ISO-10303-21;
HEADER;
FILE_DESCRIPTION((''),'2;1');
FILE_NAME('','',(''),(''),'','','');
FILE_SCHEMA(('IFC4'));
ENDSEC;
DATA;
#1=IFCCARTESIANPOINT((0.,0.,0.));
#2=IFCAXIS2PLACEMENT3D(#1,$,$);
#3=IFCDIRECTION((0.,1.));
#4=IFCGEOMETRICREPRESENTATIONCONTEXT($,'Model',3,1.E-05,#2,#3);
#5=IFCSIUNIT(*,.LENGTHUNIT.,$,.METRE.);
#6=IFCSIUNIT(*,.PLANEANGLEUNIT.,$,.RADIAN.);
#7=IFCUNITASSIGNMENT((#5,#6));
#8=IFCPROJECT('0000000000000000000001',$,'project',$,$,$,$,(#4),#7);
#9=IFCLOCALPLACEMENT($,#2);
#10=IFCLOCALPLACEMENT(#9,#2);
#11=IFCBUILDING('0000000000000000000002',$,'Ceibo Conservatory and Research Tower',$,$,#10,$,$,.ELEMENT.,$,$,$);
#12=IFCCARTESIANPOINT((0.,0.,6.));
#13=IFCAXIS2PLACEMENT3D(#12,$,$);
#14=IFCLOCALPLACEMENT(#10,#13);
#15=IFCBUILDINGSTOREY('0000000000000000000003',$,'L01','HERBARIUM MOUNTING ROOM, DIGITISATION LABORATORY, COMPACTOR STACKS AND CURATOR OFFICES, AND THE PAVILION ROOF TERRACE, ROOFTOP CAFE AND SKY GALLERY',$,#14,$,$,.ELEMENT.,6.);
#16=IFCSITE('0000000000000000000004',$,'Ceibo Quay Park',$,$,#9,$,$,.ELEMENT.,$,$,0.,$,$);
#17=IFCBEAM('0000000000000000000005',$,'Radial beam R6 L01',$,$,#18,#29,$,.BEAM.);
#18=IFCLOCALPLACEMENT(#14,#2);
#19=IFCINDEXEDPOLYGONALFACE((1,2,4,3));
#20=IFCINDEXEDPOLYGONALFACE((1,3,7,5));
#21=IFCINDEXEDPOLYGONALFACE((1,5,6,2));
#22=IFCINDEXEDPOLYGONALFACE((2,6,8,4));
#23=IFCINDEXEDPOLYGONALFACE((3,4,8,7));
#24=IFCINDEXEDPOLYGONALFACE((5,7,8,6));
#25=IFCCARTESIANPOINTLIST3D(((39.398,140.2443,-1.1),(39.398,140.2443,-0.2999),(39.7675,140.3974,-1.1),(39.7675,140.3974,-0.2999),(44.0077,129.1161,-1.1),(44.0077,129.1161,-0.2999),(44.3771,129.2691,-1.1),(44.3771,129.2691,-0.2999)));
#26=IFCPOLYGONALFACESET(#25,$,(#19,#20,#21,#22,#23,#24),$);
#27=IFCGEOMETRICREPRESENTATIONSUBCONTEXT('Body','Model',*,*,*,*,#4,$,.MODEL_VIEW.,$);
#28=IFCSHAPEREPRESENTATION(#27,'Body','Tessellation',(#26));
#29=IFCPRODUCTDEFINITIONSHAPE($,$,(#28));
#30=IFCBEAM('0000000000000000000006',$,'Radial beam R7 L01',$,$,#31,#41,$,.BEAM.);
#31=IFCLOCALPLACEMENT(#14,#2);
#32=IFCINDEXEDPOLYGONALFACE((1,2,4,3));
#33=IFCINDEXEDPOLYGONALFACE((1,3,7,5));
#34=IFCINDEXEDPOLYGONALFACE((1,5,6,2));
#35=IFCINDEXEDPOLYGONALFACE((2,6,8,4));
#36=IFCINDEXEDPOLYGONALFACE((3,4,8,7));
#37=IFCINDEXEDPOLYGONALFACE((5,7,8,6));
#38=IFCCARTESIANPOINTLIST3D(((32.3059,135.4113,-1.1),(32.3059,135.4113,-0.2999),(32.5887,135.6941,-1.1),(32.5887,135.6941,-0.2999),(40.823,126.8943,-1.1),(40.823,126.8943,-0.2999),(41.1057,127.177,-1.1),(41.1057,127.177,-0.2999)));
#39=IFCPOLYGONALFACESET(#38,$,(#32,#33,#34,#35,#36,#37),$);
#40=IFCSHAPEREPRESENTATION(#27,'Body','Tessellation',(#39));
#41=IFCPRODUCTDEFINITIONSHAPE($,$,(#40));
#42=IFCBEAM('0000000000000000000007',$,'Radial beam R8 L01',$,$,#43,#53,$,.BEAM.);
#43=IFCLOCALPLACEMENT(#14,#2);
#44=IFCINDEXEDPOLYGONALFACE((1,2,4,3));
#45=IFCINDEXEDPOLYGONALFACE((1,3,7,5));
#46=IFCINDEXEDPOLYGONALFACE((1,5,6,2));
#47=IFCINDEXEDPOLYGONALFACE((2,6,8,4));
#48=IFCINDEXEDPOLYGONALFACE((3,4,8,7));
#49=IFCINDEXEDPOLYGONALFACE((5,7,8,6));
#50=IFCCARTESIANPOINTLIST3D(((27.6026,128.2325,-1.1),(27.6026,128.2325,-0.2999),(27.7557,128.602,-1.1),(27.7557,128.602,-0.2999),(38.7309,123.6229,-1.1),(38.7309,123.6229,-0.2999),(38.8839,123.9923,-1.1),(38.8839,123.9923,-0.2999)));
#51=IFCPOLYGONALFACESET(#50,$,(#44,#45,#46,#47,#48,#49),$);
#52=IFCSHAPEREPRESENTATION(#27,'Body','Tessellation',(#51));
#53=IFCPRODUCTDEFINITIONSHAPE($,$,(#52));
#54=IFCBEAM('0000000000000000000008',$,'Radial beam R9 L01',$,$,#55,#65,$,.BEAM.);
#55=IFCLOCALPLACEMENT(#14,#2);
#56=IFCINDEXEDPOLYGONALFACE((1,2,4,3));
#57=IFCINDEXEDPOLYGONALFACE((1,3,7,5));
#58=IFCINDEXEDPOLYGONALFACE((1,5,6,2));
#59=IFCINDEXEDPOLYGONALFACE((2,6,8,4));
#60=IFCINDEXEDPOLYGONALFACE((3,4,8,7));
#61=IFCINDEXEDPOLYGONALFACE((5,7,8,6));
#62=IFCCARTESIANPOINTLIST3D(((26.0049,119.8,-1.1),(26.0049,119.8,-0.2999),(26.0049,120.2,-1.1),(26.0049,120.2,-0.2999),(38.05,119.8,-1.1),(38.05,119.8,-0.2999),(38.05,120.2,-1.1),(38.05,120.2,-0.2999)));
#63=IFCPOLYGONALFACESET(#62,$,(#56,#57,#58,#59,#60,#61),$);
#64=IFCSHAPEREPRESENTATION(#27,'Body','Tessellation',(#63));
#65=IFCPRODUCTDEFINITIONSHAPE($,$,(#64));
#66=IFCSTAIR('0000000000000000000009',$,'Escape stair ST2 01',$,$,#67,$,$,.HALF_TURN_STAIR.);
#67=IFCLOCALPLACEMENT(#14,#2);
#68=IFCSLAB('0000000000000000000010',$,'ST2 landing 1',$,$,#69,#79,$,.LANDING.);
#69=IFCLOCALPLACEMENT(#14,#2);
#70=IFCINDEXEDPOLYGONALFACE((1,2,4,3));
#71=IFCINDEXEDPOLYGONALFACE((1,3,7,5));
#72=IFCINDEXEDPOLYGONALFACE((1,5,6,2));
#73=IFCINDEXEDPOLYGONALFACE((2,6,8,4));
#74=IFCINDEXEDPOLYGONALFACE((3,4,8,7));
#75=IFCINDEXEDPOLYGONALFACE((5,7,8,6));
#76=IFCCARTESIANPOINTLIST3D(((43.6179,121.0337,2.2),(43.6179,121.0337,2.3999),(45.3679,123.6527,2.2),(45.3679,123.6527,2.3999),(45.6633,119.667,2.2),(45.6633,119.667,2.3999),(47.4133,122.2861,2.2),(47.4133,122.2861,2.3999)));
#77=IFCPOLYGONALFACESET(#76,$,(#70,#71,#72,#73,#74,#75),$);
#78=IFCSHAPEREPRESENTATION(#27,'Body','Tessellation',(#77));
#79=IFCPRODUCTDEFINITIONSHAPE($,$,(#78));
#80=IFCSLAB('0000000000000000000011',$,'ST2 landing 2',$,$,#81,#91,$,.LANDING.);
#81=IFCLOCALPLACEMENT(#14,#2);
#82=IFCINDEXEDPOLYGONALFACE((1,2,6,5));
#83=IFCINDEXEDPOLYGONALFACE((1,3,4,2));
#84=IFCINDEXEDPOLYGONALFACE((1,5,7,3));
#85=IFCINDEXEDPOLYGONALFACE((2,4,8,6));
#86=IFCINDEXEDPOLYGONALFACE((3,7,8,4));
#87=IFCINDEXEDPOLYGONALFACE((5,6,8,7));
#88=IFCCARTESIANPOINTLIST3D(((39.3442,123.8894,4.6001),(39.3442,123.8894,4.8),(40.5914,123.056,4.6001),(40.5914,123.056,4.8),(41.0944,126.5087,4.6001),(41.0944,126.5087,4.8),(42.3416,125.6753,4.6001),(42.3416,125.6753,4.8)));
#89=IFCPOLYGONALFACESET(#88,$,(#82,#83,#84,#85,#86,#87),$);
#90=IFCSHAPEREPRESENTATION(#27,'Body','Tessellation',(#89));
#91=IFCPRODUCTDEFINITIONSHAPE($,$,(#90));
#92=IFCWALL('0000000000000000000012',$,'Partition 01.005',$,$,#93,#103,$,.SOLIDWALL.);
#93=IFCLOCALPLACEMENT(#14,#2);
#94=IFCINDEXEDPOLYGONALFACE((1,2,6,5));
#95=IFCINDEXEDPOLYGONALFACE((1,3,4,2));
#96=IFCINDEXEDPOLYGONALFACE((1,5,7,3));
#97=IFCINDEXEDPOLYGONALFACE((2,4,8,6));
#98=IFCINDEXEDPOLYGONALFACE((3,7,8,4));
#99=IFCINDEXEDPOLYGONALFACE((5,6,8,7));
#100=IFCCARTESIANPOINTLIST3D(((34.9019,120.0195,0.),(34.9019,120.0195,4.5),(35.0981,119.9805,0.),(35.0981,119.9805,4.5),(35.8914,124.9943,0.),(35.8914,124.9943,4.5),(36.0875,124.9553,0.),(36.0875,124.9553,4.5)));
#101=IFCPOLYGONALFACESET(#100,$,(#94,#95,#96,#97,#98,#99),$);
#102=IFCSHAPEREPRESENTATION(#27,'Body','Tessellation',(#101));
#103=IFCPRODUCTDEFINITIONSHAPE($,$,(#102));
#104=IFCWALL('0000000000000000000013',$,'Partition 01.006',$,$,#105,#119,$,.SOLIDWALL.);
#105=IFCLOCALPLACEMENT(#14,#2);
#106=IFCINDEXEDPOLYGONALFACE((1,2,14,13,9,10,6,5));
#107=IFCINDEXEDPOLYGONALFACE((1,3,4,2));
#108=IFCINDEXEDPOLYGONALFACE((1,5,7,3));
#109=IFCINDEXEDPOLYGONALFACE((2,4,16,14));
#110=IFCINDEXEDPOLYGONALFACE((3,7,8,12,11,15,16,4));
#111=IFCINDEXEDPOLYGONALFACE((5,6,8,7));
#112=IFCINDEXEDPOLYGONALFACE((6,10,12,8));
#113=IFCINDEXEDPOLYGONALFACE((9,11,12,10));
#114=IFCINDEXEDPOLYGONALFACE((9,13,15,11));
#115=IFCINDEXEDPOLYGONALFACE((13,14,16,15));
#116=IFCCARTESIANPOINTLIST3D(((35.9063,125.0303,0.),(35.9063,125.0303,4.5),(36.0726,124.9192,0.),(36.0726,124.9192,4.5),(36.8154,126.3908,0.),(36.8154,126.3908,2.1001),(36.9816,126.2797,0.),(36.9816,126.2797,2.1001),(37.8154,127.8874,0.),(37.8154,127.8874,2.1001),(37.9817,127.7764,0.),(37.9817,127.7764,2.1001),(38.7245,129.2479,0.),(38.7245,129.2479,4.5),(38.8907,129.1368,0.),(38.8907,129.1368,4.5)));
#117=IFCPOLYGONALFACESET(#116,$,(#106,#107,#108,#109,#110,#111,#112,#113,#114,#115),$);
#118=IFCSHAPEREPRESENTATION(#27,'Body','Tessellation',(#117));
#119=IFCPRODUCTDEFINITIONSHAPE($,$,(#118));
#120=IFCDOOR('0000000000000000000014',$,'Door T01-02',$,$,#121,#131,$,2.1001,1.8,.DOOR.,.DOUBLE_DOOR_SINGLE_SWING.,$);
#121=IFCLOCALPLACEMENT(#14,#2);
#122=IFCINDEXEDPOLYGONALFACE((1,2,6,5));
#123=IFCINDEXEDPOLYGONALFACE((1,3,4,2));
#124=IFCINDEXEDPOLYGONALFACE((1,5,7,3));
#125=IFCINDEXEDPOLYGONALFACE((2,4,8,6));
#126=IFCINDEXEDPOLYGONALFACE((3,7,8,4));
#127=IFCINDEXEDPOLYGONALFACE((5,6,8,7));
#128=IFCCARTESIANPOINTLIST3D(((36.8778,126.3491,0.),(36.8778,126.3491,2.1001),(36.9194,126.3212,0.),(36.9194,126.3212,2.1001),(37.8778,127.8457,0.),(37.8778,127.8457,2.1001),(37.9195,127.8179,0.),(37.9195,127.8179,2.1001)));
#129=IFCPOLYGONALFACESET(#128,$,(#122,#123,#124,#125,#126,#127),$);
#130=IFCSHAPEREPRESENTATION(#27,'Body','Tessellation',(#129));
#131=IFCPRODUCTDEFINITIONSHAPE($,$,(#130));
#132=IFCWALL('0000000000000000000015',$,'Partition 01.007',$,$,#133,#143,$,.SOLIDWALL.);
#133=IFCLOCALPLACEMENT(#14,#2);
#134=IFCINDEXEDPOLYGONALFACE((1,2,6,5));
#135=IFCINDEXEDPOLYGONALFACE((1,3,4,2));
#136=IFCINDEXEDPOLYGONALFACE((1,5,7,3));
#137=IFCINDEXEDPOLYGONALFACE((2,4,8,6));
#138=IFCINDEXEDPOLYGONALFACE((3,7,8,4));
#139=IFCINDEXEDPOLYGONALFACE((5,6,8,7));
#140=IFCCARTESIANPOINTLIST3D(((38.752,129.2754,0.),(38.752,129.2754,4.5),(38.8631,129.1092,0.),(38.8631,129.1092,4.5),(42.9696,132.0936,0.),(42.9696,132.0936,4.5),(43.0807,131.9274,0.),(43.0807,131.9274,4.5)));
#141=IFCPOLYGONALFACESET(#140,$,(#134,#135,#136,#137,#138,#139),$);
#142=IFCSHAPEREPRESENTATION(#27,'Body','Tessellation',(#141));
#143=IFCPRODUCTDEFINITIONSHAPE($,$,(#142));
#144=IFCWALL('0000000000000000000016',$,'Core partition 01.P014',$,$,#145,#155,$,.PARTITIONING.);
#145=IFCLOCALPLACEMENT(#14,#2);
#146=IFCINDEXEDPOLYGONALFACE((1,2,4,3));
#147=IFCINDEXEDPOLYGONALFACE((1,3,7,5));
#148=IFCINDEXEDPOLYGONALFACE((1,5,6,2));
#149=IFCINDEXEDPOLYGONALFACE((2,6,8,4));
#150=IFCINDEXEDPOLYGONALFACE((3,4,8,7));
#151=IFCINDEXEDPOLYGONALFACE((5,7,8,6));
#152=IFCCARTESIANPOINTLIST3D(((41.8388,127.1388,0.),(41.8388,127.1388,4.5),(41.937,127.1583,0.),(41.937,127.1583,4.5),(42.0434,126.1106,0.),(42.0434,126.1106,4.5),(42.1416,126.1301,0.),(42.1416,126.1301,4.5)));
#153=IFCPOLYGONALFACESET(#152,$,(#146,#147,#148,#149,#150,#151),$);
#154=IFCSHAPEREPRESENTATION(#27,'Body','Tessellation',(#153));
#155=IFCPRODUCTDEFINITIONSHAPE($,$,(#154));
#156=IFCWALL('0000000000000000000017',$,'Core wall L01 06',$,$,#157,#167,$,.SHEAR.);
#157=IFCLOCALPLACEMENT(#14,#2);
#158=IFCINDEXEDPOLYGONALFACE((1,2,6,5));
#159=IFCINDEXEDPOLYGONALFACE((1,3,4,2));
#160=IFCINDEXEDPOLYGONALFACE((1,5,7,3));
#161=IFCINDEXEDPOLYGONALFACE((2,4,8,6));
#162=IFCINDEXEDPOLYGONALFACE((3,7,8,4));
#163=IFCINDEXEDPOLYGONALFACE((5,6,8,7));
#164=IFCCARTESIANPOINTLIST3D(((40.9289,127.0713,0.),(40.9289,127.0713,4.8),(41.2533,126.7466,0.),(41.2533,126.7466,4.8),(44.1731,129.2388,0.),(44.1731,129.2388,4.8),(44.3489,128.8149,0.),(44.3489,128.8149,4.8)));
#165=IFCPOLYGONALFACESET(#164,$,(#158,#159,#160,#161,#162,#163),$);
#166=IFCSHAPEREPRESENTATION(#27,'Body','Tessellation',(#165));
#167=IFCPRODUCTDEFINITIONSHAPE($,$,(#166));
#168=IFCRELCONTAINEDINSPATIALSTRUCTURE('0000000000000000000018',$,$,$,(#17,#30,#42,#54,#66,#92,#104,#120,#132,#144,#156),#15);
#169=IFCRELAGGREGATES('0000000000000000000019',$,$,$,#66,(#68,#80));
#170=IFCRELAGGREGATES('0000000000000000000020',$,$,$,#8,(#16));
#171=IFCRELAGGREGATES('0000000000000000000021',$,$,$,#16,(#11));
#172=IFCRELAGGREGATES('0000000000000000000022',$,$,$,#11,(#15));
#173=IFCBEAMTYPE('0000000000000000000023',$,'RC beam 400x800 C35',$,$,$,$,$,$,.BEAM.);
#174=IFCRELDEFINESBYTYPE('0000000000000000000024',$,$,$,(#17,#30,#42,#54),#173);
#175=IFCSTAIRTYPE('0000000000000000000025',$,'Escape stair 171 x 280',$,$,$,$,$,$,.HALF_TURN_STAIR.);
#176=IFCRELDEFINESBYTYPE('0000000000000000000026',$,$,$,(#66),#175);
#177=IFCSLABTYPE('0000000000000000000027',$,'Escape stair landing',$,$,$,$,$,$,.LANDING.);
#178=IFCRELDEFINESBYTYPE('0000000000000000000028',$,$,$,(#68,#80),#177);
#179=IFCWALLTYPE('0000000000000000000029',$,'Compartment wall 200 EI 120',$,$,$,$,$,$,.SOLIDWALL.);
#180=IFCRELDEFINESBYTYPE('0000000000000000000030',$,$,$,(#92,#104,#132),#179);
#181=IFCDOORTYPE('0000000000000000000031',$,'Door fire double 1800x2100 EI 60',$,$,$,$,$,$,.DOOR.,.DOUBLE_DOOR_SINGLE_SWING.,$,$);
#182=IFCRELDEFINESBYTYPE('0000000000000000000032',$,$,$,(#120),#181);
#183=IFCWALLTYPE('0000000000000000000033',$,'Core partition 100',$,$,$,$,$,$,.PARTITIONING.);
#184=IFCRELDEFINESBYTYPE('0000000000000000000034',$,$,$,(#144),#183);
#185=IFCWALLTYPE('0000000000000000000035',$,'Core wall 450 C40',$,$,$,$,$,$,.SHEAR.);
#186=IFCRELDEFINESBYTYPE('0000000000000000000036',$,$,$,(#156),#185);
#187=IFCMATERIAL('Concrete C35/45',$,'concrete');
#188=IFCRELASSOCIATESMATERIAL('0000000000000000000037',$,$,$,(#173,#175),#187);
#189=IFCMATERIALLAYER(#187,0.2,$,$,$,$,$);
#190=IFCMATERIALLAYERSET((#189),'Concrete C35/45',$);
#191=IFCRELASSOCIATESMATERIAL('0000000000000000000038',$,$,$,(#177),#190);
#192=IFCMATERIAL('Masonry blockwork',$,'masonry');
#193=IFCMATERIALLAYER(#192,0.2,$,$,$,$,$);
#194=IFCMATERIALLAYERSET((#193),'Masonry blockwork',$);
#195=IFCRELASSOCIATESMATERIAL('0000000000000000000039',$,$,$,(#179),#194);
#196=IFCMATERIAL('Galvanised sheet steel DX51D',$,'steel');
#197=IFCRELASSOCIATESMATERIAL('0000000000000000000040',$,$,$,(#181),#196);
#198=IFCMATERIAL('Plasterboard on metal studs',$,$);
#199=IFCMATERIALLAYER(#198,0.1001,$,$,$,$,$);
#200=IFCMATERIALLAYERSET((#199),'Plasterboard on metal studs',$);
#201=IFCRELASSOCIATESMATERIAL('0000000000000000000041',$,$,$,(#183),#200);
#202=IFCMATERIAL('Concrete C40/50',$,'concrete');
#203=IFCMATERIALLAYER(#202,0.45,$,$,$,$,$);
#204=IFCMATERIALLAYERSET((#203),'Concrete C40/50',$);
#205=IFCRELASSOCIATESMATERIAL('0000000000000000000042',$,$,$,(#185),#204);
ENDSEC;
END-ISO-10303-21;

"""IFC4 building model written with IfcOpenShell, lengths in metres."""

from ifc_helpers import new_model, si_unit, direction, frame, frame_2d, origin, origin_2d, place, context, subcontext, project, spatial, polyline, rectangle, outline, extrude, material, layer, layer_set, material_profile, profile_set, type_object, element, fill, aggregate, save


model = new_model("IFC4")

# Units and contexts
model_context = context("Model", 3, precision=1e-05, world=origin(), true_north=direction((0.0, 1.0)))
body_context = subcontext(model_context, "Body", "Model", "MODEL_VIEW")
ifc_project = project(units=[si_unit("LENGTHUNIT", "METRE"), si_unit("PLANEANGLEUNIT", "RADIAN")], contexts=[model_context])

# Site, building, storey
site_placement = place(None, origin())
site = spatial("IfcSite", under=ifc_project, at=site_placement, Name="Ceibo Quay Park", CompositionType="ELEMENT", RefElevation=0.0)
building_placement = place(site_placement, origin())
building = spatial("IfcBuilding", under=site, at=building_placement, Name="Ceibo Conservatory and Research Tower", CompositionType="ELEMENT")
storey_placement = place(building_placement, frame((0.0, 0.0, 6.0)))
storey = spatial("IfcBuildingStorey", under=building, at=storey_placement, Name="L01", Description="HERBARIUM MOUNTING ROOM, DIGITISATION LABORATORY, COMPACTOR STACKS AND CURATOR OFFICES, AND THE PAVILION ROOF TERRACE, ROOFTOP CAFE AND SKY GALLERY", CompositionType="ELEMENT", Elevation=6.0)

# Beams
ifc_material_1 = material(Name="Concrete C35/45", Category="concrete")
ifc_material_profile = material_profile(ifc_material_1, rectangle(XDim=0.3999, YDim=0.8, at=origin_2d()), Name="RC 400x800")
ifc_profile_set = profile_set([ifc_material_profile], Name="Concrete C35/45")
beam_type = type_object("IfcBeamType", Name="RC beam 400x800 C35", PredefinedType="BEAM", material=ifc_profile_set)
beam_1_placement = place(storey_placement, frame((44.1924, 129.1926, -0.7), z_axis=(-0.382696, 0.923874, 0.0), x_axis=(-0.923874, -0.382696, 0.0)))
element("IfcBeam", 1, at=beam_1_placement, inside=storey, type_object=beam_type, Name="Radial beam R6 L01", PredefinedType="BEAM", context=body_context, shape_type="SweptSolid", body=[
    extrude(rectangle(XDim=0.3999, YDim=0.8, at=origin_2d()), origin(), (0.0, 0.0, 1.0), 12.0452),
])
beam_2_placement = place(storey_placement, frame((40.9644, 127.0356, -0.7), z_axis=(-0.707107, 0.707107, 0.0), x_axis=(-0.707107, -0.707107, 0.0)))
element("IfcBeam", 2, at=beam_2_placement, inside=storey, type_object=beam_type, Name="Radial beam R7 L01", PredefinedType="BEAM", context=body_context, shape_type="SweptSolid", body=[
    extrude(rectangle(XDim=0.3999, YDim=0.8, at=origin_2d()), origin(), (0.0, 0.0, 1.0), 12.0449),
])
for number, where, z_axis, x_axis, name in (
    (3, (38.8074, 123.8076, -0.7), (-0.923874, 0.382696, 0.0), (-0.382696, -0.923874, 0.0), "Radial beam R8 L01"),
    (4, (38.05, 120.0, -0.7), (-1.0, 0.0, 0.0), (0.0, -1.0, 0.0), "Radial beam R9 L01"),
):
    element("IfcBeam", number, at=place(storey_placement, frame(where, z_axis=z_axis, x_axis=x_axis)), inside=storey, type_object=beam_type, Name=name, PredefinedType="BEAM", context=body_context, shape_type="SweptSolid", body=[
        extrude(rectangle(XDim=0.3999, YDim=0.8, at=origin_2d()), origin(), (0.0, 0.0, 1.0), 12.0452),
    ])

# Stair, slabs
stair_type = type_object("IfcStairType", Name="Escape stair 171 x 280", PredefinedType="HALF_TURN_STAIR", material=ifc_material_1)
stair_placement = place(storey_placement, origin())
stair = element("IfcStair", 5, at=stair_placement, inside=storey, type_object=stair_type, Name="Escape stair ST2 01", PredefinedType="HALF_TURN_STAIR")
ifc_layer_1 = layer(ifc_material_1, 0.2)
ifc_layer_set_1 = layer_set([ifc_layer_1], Name="Concrete C35/45")
slab_type = type_object("IfcSlabType", Name="Escape stair landing", PredefinedType="LANDING", material=ifc_layer_set_1)
slab_1_placement = place(storey_placement, frame((43.6179, 121.0337, 2.2), z_axis=(0.0, 0.0, 1.0), x_axis=(0.83147, -0.55557, 0.0)))
slab_1 = element("IfcSlab", 6, at=slab_1_placement, type_object=slab_type, Name="ST2 landing 1", PredefinedType="LANDING", context=body_context, shape_type="SweptSolid", body=[
    extrude(outline(polyline([(0.0, 0.0), (2.46, 0.0), (2.46, 3.1499), (0.0, 3.1499), (0.0, 0.0)])), origin(), (0.0, 0.0, 1.0), 0.2),
])
slab_2_placement = place(storey_placement, frame((39.3442, 123.8894, 4.6001), z_axis=(0.0, 0.0, 1.0), x_axis=(0.83147, -0.55557, 0.0)))
slab_2 = element("IfcSlab", 7, at=slab_2_placement, type_object=slab_type, Name="ST2 landing 2", PredefinedType="LANDING", context=body_context, shape_type="SweptSolid", body=[
    extrude(outline(polyline([(0.0, 0.0), (1.5, 0.0), (1.5, 3.1501), (0.0, 3.1501), (0.0, 0.0)])), origin(), (0.0, 0.0, 1.0), 0.2),
])

# Wall
ifc_material_2 = material(Name="Masonry blockwork", Category="masonry")
ifc_layer_2 = layer(ifc_material_2, 0.2)
ifc_layer_set_2 = layer_set([ifc_layer_2], Name="Masonry blockwork")
wall_type_1 = type_object("IfcWallType", Name="Compartment wall 200 EI 120", PredefinedType="SOLIDWALL", material=ifc_layer_set_2)
wall_1_placement = place(storey_placement, frame((35.0, 120.0, 0.0), z_axis=(0.0, 0.0, 1.0), x_axis=(0.195079, 0.980787, 0.0)))
element("IfcWall", 8, at=wall_1_placement, inside=storey, type_object=wall_type_1, Name="Partition 01.005", PredefinedType="SOLIDWALL", context=body_context, shape_type="SweptSolid", body=[
    extrude(rectangle(XDim=5.0723, YDim=0.2, at=frame_2d((2.5361, 0.0))), origin(), (0.0, 0.0, 1.0), 4.5),
])

# Wall, opening, door
wall_2_placement = place(storey_placement, frame((35.9895, 124.9749, 0.0), z_axis=(0.0, 0.0, 1.0), x_axis=(0.555577, 0.831465, 0.0)))
wall_2 = element("IfcWall", 9, at=wall_2_placement, inside=storey, type_object=wall_type_1, Name="Partition 01.006", PredefinedType="SOLIDWALL", context=body_context, shape_type="SweptSolid", body=[
    extrude(rectangle(XDim=5.0725, YDim=0.2, at=frame_2d((2.5361, 0.0))), origin(), (0.0, 0.0, 1.0), 4.5),
])
opening_1_placement = place(wall_2_placement, frame((1.6362, 0.0, 0.0)))
opening_1 = element("IfcOpeningElement", 10, at=opening_1_placement, cuts=wall_2, PredefinedType="OPENING", context=body_context, shape_type="SweptSolid", body=[
    extrude(rectangle(XDim=1.8, YDim=2.1001, at=frame_2d((0.8999, 1.05))), frame((0.0, 0.1099, 0.0), z_axis=(0.0, -1.0, 0.0), x_axis=(1.0, 0.0, 0.0)), (0.0, 0.0, 1.0), 0.22),
])
ifc_material_3 = material(Name="Galvanised sheet steel DX51D", Category="steel")
door_type_1 = type_object("IfcDoorType", Name="Door fire double 1800x2100 EI 60", OperationType="DOUBLE_DOOR_SINGLE_SWING", PredefinedType="DOOR", material=ifc_material_3)
door_1_placement = place(opening_1_placement, origin())
door_1 = element("IfcDoor", 11, at=door_1_placement, inside=storey, type_object=door_type_1, Name="Door T01-02", OperationType="DOUBLE_DOOR_SINGLE_SWING", OverallHeight=2.1001, OverallWidth=1.8, PredefinedType="DOOR", context=body_context, shape_type="SweptSolid", body=[
    extrude(rectangle(XDim=1.8, YDim=2.1001, at=frame_2d((0.8999, 1.05))), frame((0.0, 0.0249, 0.0), z_axis=(0.0, -1.0, 0.0), x_axis=(1.0, 0.0, 0.0)), (0.0, 0.0, 1.0), 0.05),
])
fill(opening_1, door_1)

# Walls
wall_3_placement = place(storey_placement, frame((38.8076, 129.1924, 0.0), z_axis=(0.0, 0.0, 1.0), x_axis=(0.831465, 0.555577, 0.0)))
element("IfcWall", 12, at=wall_3_placement, inside=storey, type_object=wall_type_1, Name="Partition 01.007", PredefinedType="SOLIDWALL", context=body_context, shape_type="SweptSolid", body=[
    extrude(rectangle(XDim=5.0725, YDim=0.2, at=frame_2d((2.5361, 0.0))), origin(), (0.0, 0.0, 1.0), 4.5),
])
ifc_material_4 = material(Name="Plasterboard on metal studs")
ifc_layer_3 = layer(ifc_material_4, 0.1001)
ifc_layer_set_3 = layer_set([ifc_layer_3], Name="Plasterboard on metal studs")
wall_type_2 = type_object("IfcWallType", Name="Core partition 100", PredefinedType="PARTITIONING", material=ifc_layer_set_3)
wall_4_placement = place(storey_placement, frame((42.0925, 126.1204, 0.0), z_axis=(0.0, 0.0, 1.0), x_axis=(-0.195175, 0.980768, 0.0)))
element("IfcWall", 13, at=wall_4_placement, inside=storey, type_object=wall_type_2, Name="Core partition 01.P014", PredefinedType="PARTITIONING", context=body_context, shape_type="SweptSolid", body=[
    extrude(rectangle(XDim=1.0483, YDim=0.1001, at=frame_2d((0.5242, 0.0))), origin(), (0.0, 0.0, 1.0), 4.5),
])
ifc_material_5 = material(Name="Concrete C40/50", Category="concrete")
ifc_layer_4 = layer(ifc_material_5, 0.45)
ifc_layer_set_4 = layer_set([ifc_layer_4], Name="Concrete C40/50")
wall_type_3 = type_object("IfcWallType", Name="Core wall 450 C40", PredefinedType="SHEAR", material=ifc_layer_set_4)
wall_5_placement = place(storey_placement, frame((44.261, 129.0269, 0.0), z_axis=(0.0, 0.0, 1.0), x_axis=(-0.831488, -0.555542, 0.0)))
element("IfcWall", 14, at=wall_5_placement, inside=storey, type_object=wall_type_3, Name="Core wall L01 06", PredefinedType="SHEAR", context=body_context, shape_type="SweptSolid", body=[
    extrude(outline(polyline([(-0.0447, -0.2251), (3.8569, -0.2251), (3.7676, 0.2251), (0.0447, 0.2251), (-0.0447, -0.2251)])), origin(), (0.0, 0.0, 1.0), 4.8),
])

aggregate(stair, [slab_1, slab_2])

save(model, "model.ifc")
